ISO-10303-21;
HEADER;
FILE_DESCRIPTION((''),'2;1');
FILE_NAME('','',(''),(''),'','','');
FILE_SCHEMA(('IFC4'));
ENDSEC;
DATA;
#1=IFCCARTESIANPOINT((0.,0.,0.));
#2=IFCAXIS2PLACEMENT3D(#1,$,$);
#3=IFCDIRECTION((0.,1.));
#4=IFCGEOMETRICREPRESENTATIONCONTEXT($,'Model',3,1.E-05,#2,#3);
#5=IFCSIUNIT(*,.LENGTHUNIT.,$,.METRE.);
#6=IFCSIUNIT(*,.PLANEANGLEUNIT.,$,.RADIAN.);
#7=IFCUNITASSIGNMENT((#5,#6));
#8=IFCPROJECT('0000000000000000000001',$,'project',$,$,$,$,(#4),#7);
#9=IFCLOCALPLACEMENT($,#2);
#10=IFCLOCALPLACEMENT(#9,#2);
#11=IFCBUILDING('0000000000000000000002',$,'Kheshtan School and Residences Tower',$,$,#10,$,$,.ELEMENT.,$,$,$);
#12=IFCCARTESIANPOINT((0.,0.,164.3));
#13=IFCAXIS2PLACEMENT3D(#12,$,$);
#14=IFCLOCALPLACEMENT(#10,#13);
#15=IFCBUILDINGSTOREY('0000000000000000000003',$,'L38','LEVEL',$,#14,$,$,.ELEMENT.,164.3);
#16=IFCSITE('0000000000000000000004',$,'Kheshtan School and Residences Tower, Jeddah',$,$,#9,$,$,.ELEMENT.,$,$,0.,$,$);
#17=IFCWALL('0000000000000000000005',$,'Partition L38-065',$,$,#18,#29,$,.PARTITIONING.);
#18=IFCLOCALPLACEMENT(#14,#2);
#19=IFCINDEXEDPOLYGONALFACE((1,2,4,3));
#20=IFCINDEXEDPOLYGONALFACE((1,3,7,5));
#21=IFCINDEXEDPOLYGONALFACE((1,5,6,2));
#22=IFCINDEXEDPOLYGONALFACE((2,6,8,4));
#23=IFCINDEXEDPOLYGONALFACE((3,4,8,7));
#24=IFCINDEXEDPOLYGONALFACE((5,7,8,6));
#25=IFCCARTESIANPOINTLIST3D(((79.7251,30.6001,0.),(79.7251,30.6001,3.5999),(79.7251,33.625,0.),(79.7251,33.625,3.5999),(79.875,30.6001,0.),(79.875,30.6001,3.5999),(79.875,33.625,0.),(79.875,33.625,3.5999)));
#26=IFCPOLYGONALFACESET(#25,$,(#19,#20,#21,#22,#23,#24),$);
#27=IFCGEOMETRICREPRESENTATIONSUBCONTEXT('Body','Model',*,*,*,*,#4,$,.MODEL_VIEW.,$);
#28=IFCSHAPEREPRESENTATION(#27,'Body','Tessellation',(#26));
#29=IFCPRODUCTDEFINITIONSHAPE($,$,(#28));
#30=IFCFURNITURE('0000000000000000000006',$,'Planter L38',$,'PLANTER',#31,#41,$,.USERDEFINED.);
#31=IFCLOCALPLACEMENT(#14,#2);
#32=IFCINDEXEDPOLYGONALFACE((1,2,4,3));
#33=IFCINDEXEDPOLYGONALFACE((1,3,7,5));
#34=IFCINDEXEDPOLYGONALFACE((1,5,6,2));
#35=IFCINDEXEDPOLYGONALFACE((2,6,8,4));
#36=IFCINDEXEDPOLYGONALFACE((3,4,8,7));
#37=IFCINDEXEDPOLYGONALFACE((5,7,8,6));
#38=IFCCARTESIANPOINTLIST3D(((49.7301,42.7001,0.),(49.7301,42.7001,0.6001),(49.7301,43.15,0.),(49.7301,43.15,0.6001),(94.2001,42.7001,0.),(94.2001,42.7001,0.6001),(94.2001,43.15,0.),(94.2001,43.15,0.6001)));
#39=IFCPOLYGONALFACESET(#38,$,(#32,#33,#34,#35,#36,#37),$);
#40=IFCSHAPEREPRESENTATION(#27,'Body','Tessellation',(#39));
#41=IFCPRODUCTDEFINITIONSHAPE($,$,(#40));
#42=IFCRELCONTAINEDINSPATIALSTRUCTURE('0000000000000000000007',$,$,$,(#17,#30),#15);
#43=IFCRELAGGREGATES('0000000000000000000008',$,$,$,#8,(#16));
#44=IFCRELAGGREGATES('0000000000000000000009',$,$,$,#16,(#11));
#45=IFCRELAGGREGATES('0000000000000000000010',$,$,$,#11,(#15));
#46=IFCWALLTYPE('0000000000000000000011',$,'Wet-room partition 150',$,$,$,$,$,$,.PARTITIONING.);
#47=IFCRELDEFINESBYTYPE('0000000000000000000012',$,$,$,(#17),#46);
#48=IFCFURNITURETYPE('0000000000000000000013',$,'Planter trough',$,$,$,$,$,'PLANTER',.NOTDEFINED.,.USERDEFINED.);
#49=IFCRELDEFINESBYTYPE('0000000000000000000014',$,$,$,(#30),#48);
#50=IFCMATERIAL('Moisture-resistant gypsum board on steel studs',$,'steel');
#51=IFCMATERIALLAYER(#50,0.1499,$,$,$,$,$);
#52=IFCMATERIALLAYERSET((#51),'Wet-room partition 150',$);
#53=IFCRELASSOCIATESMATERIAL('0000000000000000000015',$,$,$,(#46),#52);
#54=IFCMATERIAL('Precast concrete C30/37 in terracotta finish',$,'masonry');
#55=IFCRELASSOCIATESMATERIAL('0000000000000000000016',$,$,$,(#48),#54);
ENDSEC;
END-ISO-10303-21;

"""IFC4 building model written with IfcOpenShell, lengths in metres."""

from ifc_helpers import new_model, si_unit, direction, frame, frame_2d, origin, origin_2d, place, context, subcontext, project, spatial, rectangle, extrude, material, layer, layer_set, type_object, element, save


model = new_model("IFC4")

# Units and contexts
model_context = context("Model", 3, precision=1e-05, world=origin(), true_north=direction((0.0, 1.0)))
body_context = subcontext(model_context, "Body", "Model", "MODEL_VIEW")
ifc_project = project(units=[si_unit("LENGTHUNIT", "METRE"), si_unit("PLANEANGLEUNIT", "RADIAN")], contexts=[model_context])

# Site, building, storey
site_placement = place(None, origin())
site = spatial("IfcSite", under=ifc_project, at=site_placement, Name="Kheshtan School and Residences Tower, Jeddah", CompositionType="ELEMENT", RefElevation=0.0)
building_placement = place(site_placement, origin())
building = spatial("IfcBuilding", under=site, at=building_placement, Name="Kheshtan School and Residences Tower", CompositionType="ELEMENT")
storey_placement = place(building_placement, frame((0.0, 0.0, 164.3)))
storey = spatial("IfcBuildingStorey", under=building, at=storey_placement, Name="L38", Description="LEVEL", CompositionType="ELEMENT", Elevation=164.3)

# Shared definitions
ifc_material_1 = material(Name="Moisture-resistant gypsum board on steel studs", Category="steel")
ifc_layer_1 = layer(ifc_material_1, 0.1499)
ifc_layer_set_1 = layer_set([ifc_layer_1], Name="Wet-room partition 150")
wall_type_1 = type_object("IfcWallType", Name="Wet-room partition 150", PredefinedType="PARTITIONING", material=ifc_layer_set_1)

# Wall
wall_1_placement = place(storey_placement, frame((79.8, 30.6001, 0.0), z_axis=(0.0, 0.0, 1.0), x_axis=(0.0, 1.0, 0.0)))
element("IfcWall", 1, at=wall_1_placement, inside=storey, type_object=wall_type_1, Name="Partition L38-065", PredefinedType="PARTITIONING", context=body_context, shape_type="SweptSolid", body=[
    extrude(rectangle(XDim=3.0249, YDim=0.1499, at=frame_2d((1.5125, 0.0))), origin(), (0.0, 0.0, 1.0), 3.5999),
])

# Furniture
ifc_material_2 = material(Name="Precast concrete C30/37 in terracotta finish", Category="masonry")
furniture_type = type_object("IfcFurnitureType", Name="Planter trough", ElementType="PLANTER", AssemblyPlace="NOTDEFINED", PredefinedType="USERDEFINED", material=ifc_material_2)
furniture_placement = place(storey_placement, frame((71.9651, 42.925, 0.0), z_axis=(0.0, 0.0, 1.0), x_axis=(1.0, 0.0, 0.0)))
element("IfcFurniture", 2, at=furniture_placement, inside=storey, type_object=furniture_type, Name="Planter L38", ObjectType="PLANTER", PredefinedType="USERDEFINED", context=body_context, shape_type="SweptSolid", body=[
    extrude(rectangle(XDim=44.47, YDim=0.45, at=origin_2d()), origin(), (0.0, 0.0, 1.0), 0.6001),
])

save(model, "model.ifc")
